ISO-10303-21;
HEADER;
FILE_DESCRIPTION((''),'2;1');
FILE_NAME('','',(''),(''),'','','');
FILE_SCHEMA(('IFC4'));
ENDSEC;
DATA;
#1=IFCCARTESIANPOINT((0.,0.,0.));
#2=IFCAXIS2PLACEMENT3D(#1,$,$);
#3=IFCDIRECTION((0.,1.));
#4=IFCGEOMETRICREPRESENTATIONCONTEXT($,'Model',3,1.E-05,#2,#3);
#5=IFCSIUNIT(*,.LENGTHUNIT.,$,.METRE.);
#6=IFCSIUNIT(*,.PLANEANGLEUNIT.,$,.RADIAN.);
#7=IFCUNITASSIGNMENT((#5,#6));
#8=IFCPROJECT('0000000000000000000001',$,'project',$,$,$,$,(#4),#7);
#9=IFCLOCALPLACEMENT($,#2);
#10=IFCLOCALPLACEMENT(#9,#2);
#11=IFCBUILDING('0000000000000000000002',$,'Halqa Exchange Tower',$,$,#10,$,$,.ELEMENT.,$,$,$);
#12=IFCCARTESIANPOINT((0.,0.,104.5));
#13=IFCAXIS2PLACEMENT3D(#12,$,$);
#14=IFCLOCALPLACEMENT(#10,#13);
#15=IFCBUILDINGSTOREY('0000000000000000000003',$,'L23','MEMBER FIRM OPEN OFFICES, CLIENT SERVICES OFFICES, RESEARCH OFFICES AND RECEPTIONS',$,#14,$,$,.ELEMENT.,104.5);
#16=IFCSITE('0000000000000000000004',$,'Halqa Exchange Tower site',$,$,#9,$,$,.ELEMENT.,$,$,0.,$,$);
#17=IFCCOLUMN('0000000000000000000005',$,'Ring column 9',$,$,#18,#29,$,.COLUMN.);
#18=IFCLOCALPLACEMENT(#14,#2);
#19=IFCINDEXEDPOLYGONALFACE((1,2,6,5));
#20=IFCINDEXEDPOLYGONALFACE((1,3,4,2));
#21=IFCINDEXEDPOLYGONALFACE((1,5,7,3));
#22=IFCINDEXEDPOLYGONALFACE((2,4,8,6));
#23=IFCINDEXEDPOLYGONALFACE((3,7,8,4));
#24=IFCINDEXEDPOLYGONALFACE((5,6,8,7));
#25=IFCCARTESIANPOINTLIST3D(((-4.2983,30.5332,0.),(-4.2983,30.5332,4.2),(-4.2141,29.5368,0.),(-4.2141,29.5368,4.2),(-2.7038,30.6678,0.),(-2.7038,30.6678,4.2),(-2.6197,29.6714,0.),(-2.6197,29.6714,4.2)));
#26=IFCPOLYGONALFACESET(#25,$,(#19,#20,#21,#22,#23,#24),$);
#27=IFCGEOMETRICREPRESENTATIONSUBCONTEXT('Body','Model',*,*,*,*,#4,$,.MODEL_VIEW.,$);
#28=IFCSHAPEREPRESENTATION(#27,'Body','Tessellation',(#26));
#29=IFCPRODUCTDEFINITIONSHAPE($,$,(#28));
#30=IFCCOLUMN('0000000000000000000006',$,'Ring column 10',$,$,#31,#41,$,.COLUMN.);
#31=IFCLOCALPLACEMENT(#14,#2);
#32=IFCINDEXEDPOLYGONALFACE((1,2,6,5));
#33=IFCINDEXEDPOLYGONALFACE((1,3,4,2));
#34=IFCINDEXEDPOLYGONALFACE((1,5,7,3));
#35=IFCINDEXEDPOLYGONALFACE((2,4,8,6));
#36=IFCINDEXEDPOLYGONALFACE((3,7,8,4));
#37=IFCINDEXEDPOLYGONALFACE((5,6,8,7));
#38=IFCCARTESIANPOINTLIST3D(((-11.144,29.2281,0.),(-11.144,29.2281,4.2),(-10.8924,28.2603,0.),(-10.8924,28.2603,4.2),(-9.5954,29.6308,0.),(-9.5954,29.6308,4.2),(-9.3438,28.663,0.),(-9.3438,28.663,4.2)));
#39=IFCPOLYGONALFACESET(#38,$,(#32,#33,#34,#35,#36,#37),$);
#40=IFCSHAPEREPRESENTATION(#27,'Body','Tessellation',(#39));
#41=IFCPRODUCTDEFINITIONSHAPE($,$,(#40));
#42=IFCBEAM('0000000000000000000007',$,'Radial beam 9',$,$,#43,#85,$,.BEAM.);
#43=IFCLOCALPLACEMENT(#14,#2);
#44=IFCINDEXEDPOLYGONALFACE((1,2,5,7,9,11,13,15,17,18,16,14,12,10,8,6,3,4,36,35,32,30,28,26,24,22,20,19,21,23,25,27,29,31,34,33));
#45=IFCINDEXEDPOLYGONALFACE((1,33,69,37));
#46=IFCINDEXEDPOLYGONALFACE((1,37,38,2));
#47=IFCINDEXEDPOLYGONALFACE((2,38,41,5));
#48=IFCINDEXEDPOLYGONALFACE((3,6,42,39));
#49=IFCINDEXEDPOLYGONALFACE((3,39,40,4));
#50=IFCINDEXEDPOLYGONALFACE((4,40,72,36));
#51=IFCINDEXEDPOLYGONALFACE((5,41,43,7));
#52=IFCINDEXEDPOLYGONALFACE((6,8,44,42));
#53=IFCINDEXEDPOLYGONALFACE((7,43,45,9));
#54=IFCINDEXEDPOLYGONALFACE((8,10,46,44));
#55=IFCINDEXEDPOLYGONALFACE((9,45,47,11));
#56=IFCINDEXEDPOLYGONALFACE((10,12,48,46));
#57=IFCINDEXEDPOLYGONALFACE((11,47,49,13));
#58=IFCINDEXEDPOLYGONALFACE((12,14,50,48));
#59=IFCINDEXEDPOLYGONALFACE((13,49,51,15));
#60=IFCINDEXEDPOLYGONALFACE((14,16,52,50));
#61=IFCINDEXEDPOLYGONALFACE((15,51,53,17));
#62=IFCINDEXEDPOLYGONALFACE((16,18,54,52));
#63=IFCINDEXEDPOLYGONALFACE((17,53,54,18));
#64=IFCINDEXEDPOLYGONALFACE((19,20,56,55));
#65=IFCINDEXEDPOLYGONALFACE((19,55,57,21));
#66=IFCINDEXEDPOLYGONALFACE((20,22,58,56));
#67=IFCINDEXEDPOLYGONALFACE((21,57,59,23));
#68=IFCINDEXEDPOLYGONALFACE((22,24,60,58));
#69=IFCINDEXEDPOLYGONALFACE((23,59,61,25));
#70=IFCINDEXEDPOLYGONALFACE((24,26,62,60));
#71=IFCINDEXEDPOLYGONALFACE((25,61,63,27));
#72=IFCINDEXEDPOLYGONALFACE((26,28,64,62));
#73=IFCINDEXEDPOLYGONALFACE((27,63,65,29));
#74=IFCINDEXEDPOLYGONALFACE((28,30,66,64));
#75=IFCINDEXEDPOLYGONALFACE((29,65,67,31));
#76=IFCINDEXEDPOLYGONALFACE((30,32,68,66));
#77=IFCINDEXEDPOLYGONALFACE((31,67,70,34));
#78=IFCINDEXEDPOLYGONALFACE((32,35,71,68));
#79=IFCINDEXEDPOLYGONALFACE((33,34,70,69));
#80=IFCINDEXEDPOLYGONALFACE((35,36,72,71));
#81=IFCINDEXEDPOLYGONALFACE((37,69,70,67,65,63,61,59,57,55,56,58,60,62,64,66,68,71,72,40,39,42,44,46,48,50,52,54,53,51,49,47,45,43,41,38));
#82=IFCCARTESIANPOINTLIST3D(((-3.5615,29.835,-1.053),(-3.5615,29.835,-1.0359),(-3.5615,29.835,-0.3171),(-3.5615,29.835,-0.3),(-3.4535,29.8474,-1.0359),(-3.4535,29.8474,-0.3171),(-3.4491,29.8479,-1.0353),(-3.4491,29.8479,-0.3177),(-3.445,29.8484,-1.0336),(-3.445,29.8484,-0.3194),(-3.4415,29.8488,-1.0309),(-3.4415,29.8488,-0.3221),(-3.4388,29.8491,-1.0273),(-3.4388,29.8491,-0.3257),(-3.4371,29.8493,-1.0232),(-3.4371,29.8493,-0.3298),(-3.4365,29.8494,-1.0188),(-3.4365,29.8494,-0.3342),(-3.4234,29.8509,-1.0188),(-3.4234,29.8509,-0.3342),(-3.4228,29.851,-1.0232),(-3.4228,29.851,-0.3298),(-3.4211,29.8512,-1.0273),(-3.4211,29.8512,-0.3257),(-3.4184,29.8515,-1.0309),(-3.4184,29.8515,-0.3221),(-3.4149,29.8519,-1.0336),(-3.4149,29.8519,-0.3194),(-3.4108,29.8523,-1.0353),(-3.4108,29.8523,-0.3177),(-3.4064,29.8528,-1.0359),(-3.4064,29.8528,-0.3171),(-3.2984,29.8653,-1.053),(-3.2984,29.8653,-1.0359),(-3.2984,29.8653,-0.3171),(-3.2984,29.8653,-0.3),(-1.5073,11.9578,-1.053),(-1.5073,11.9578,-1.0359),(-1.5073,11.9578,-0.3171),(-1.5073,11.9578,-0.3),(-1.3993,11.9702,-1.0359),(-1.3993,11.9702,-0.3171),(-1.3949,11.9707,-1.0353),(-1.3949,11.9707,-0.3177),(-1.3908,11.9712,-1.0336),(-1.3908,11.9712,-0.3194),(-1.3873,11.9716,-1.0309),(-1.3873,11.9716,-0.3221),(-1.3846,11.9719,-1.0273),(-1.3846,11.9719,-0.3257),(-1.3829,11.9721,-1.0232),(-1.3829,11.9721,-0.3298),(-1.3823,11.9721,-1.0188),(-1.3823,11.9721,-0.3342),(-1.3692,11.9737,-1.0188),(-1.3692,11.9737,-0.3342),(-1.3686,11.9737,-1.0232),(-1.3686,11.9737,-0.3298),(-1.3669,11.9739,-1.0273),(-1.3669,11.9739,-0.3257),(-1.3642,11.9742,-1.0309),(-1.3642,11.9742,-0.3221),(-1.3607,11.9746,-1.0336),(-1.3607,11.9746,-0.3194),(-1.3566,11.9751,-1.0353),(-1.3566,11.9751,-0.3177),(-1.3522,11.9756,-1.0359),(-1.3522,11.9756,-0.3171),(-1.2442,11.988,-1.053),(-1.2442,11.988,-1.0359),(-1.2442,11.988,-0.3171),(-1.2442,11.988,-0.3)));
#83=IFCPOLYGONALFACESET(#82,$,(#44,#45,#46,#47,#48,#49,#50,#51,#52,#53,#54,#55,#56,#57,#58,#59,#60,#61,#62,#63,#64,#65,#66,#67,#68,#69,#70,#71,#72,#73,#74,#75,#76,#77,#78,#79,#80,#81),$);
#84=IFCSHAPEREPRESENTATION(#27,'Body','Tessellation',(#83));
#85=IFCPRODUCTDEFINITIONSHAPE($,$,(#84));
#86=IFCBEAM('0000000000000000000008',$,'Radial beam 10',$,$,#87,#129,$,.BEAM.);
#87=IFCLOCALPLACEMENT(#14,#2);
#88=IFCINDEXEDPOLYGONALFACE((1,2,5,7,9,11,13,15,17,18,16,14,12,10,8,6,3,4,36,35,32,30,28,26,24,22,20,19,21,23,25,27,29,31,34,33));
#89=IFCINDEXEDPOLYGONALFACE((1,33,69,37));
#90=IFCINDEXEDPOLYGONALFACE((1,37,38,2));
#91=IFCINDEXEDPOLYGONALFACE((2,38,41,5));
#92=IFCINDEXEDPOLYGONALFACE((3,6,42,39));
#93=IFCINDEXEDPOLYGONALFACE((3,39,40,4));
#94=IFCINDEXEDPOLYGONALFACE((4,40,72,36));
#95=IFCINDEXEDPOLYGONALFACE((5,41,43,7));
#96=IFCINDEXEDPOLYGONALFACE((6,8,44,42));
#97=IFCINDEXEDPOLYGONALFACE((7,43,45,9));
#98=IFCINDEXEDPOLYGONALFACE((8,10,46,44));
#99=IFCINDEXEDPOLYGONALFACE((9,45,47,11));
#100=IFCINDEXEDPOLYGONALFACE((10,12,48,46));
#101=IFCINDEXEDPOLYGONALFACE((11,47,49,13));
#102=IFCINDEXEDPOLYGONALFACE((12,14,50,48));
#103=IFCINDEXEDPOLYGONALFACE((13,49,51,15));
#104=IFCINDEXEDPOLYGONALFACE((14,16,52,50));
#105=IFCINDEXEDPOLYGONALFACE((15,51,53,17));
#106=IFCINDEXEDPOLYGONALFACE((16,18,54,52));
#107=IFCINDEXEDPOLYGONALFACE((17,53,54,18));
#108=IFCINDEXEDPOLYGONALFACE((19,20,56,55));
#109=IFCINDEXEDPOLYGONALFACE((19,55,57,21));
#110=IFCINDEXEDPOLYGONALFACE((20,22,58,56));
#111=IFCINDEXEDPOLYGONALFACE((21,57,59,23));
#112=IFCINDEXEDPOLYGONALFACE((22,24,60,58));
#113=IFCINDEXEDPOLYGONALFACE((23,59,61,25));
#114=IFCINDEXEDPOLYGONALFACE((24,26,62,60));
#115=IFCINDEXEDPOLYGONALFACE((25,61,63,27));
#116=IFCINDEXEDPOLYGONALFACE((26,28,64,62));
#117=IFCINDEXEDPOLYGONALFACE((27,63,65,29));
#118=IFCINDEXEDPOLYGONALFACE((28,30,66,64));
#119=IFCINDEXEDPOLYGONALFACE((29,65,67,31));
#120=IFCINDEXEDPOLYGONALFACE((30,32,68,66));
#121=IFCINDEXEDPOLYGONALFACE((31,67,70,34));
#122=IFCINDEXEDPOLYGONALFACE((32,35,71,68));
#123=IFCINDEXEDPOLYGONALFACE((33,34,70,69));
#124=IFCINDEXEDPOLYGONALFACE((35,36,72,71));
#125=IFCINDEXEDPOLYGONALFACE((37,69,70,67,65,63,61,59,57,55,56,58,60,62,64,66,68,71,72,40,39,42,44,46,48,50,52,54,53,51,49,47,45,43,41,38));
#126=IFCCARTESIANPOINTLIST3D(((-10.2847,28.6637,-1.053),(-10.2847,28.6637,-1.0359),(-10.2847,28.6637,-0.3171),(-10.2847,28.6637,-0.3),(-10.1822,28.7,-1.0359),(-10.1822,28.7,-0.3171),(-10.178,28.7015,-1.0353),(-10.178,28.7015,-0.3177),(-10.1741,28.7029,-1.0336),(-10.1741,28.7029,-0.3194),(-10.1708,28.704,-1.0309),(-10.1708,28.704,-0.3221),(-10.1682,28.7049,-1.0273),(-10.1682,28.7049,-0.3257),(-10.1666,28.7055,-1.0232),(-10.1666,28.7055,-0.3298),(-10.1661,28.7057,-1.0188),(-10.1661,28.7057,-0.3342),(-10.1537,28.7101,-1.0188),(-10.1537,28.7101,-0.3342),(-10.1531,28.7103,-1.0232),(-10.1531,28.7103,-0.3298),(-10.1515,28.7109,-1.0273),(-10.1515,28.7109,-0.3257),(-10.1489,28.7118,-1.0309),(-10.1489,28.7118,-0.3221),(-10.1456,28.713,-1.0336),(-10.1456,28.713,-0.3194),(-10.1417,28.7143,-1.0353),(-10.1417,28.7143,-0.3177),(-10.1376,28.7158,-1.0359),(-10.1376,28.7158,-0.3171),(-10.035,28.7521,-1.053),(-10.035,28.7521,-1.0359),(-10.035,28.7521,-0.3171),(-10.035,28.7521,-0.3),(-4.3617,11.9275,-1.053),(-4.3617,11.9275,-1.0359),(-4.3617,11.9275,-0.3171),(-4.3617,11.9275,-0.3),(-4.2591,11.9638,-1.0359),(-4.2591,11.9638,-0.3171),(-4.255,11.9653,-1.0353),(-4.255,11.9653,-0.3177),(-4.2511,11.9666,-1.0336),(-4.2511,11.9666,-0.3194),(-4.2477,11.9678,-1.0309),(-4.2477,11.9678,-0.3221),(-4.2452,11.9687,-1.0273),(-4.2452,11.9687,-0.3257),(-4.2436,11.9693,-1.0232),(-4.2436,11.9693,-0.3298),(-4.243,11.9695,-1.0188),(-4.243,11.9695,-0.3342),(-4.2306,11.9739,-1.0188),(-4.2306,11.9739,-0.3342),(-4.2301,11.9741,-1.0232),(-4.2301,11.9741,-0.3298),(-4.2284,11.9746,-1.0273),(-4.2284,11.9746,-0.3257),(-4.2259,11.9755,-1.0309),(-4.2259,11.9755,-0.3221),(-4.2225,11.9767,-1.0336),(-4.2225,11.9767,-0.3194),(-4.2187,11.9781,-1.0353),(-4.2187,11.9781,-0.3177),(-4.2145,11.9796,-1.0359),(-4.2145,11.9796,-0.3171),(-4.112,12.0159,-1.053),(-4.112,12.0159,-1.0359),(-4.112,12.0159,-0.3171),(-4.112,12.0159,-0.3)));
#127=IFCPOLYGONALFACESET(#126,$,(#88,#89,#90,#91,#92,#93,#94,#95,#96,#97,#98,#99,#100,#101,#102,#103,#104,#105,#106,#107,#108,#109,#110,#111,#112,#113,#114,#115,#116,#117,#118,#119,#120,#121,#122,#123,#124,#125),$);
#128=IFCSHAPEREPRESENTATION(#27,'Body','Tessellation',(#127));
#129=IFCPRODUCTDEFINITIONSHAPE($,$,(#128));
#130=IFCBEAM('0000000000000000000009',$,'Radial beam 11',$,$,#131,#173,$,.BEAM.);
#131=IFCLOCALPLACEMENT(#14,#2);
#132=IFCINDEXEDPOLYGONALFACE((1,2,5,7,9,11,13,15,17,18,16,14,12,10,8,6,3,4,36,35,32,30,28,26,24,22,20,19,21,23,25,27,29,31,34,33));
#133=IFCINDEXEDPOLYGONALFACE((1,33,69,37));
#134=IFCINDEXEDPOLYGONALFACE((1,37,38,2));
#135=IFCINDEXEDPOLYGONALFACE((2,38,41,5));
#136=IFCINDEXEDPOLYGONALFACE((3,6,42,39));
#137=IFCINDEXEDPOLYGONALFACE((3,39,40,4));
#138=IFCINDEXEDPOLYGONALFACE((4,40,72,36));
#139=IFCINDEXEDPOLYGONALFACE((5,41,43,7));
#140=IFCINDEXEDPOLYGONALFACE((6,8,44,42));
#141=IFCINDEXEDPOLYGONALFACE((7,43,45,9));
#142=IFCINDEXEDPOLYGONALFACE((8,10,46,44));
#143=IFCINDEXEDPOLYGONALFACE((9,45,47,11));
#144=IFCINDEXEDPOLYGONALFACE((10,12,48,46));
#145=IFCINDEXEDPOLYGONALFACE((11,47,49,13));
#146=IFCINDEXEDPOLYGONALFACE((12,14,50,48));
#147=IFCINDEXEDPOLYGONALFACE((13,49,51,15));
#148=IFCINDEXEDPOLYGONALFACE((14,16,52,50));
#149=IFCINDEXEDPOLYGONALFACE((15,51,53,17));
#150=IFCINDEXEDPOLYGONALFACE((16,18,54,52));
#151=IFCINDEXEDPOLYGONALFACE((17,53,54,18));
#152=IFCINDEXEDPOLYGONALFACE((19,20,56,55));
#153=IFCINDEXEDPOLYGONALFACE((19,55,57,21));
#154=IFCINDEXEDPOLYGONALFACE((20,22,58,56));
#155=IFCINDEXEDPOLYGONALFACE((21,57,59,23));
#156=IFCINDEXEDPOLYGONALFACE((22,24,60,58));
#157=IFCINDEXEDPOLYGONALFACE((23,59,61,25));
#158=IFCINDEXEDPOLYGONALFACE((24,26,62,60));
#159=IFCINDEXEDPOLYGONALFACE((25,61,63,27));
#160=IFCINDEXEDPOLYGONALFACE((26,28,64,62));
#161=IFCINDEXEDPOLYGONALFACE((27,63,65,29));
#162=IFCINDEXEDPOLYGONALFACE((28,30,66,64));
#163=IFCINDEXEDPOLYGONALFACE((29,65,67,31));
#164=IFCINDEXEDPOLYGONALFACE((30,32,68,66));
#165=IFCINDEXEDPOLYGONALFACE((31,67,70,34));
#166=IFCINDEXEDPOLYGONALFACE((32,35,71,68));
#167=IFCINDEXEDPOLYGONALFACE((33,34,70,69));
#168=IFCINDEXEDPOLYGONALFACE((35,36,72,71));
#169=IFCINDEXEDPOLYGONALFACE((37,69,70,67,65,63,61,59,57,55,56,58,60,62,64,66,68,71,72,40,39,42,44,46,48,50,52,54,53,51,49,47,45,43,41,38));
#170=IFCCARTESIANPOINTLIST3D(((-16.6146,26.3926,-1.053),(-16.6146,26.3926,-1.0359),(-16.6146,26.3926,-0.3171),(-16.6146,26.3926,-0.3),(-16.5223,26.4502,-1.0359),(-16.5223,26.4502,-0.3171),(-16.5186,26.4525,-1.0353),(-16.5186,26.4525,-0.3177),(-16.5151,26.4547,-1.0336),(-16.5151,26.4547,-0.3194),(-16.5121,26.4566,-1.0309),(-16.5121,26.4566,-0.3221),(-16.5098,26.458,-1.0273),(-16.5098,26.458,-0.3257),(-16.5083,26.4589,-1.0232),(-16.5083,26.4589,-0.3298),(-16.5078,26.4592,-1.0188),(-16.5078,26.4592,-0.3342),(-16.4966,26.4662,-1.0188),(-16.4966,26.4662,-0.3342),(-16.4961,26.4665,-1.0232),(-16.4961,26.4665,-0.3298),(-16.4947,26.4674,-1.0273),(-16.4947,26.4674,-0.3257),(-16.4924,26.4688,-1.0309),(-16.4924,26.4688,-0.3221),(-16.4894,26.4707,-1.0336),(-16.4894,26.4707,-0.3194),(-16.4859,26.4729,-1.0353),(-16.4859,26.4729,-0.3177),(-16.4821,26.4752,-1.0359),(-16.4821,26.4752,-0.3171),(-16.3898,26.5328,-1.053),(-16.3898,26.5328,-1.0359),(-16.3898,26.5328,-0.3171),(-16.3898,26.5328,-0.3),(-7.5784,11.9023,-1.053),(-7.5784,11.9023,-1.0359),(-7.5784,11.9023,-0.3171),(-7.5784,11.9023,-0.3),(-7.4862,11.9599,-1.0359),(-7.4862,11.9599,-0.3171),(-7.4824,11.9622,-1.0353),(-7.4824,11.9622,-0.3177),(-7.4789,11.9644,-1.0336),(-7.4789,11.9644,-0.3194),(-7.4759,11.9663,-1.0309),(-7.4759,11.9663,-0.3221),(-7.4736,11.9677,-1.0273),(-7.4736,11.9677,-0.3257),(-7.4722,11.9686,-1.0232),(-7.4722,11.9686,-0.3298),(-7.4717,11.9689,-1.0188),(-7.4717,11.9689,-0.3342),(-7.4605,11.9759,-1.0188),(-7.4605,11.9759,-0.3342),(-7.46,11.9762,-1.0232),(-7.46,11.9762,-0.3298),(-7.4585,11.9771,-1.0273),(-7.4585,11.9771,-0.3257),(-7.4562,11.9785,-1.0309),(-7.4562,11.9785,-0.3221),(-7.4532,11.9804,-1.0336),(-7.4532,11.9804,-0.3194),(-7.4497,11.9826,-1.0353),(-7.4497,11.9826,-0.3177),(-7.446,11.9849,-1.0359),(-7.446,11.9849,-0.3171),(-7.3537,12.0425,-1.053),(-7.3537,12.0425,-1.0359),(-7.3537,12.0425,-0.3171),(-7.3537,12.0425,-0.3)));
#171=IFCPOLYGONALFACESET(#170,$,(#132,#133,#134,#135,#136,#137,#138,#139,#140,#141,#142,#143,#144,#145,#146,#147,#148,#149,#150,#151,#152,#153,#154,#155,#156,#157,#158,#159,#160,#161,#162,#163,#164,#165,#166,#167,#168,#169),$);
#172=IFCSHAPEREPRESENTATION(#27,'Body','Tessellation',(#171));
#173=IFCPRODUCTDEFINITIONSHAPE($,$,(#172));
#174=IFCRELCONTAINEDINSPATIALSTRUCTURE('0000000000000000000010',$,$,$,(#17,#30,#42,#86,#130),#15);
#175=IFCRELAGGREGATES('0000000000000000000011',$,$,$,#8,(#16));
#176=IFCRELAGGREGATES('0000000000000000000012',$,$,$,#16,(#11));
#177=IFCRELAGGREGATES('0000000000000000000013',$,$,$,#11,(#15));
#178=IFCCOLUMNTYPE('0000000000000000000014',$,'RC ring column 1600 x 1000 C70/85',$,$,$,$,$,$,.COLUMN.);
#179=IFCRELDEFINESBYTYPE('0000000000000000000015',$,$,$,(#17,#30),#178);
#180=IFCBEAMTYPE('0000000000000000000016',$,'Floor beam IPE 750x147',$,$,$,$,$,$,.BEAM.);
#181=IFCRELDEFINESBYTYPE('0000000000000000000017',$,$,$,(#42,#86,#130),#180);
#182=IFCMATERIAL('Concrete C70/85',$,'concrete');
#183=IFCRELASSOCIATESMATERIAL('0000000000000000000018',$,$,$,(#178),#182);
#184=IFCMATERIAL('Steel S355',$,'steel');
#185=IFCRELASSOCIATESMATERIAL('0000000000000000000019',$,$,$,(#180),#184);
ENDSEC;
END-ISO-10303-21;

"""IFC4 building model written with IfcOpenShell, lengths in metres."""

from ifc_helpers import new_model, si_unit, direction, frame, origin, origin_2d, place, context, subcontext, project, spatial, rectangle, i_section, extrude, material, material_profile, profile_set, type_object, element, save


model = new_model("IFC4")

# Units and contexts
model_context = context("Model", 3, precision=1e-05, world=origin(), true_north=direction((0.0, 1.0)))
body_context = subcontext(model_context, "Body", "Model", "MODEL_VIEW")
ifc_project = project(units=[si_unit("LENGTHUNIT", "METRE"), si_unit("PLANEANGLEUNIT", "RADIAN")], contexts=[model_context])

# Site, building, storey
site_placement = place(None, origin())
site = spatial("IfcSite", under=ifc_project, at=site_placement, Name="Halqa Exchange Tower site", CompositionType="ELEMENT", RefElevation=0.0)
building_placement = place(site_placement, origin())
building = spatial("IfcBuilding", under=site, at=building_placement, Name="Halqa Exchange Tower", CompositionType="ELEMENT")
storey_placement = place(building_placement, frame((0.0, 0.0, 104.5)))
storey = spatial("IfcBuildingStorey", under=building, at=storey_placement, Name="L23", Description="MEMBER FIRM OPEN OFFICES, CLIENT SERVICES OFFICES, RESEARCH OFFICES AND RECEPTIONS", CompositionType="ELEMENT", Elevation=104.5)

# Columns
ifc_material_1 = material(Name="Concrete C70/85", Category="concrete")
ifc_material_profile_1 = material_profile(ifc_material_1, rectangle(XDim=1.6001, YDim=1.0, at=origin_2d()), Name="1600 x 1000")
ifc_profile_set_1 = profile_set([ifc_material_profile_1], Name="Concrete C70/85")
column_type = type_object("IfcColumnType", Name="RC ring column 1600 x 1000 C70/85", PredefinedType="COLUMN", material=ifc_profile_set_1)
for number, where, z_axis, x_axis, name in (
    (1, (-3.459, 30.1023, 0.0), (0.0, 0.0, 1.0), (-0.996456, -0.08412, 0.0), "Ring column 9"),
    (2, (-10.2439, 28.9456, 0.0), (0.0, 0.0, 1.0), (-0.96782, -0.251644, 0.0), "Ring column 10"),
):
    element("IfcColumn", number, at=place(storey_placement, frame(where, z_axis=z_axis, x_axis=x_axis)), inside=storey, type_object=column_type, Name=name, PredefinedType="COLUMN", context=body_context, shape_type="SweptSolid", body=[
        extrude(rectangle(XDim=1.6001, YDim=1.0, at=origin_2d()), origin(), (0.0, 0.0, 1.0), 4.2),
    ])

# Beams
ifc_material_2 = material(Name="Steel S355", Category="steel")
ifc_material_profile_2 = material_profile(ifc_material_2, i_section(OverallWidth=0.2649, OverallDepth=0.7529, WebThickness=0.0132, FlangeThickness=0.0171, FilletRadius=0.0171, at=origin_2d()), Name="IPE 750x147")
ifc_profile_set_2 = profile_set([ifc_material_profile_2], Name="Steel S355")
beam_type_1 = type_object("IfcBeamType", Name="Floor beam IPE 750x147", PredefinedType="BEAM", material=ifc_profile_set_2)
beam_1_placement = place(storey_placement, frame((-1.3757, 11.9729, -0.6765), z_axis=(-0.114155, 0.993463, 0.0), x_axis=(-0.993463, -0.114155, 0.0)))
element("IfcBeam", 3, at=beam_1_placement, inside=storey, type_object=beam_type_1, Name="Radial beam 9", PredefinedType="BEAM", context=body_context, shape_type="SweptSolid", body=[
    extrude(i_section(OverallWidth=0.2649, OverallDepth=0.7529, WebThickness=0.0132, FlangeThickness=0.0171, FilletRadius=0.0171, at=origin_2d()), origin(), (0.0, 0.0, 1.0), 17.9949),
])
beam_2_placement = place(storey_placement, frame((-4.2368, 11.9717, -0.6765), z_axis=(-0.333629, 0.942704, 0.0), x_axis=(-0.942704, -0.333629, 0.0)))
element("IfcBeam", 4, at=beam_2_placement, inside=storey, type_object=beam_type_1, Name="Radial beam 10", PredefinedType="BEAM", context=body_context, shape_type="SweptSolid", body=[
    extrude(i_section(OverallWidth=0.2649, OverallDepth=0.7529, WebThickness=0.0132, FlangeThickness=0.0171, FilletRadius=0.0171, at=origin_2d()), origin(), (0.0, 0.0, 1.0), 17.7534),
])
beam_3_placement = place(storey_placement, frame((-7.4661, 11.9724, -0.6765), z_axis=(-0.529145, 0.848531, 0.0), x_axis=(-0.848531, -0.529145, 0.0)))
element("IfcBeam", 5, at=beam_3_placement, inside=storey, type_object=beam_type_1, Name="Radial beam 11", PredefinedType="BEAM", context=body_context, shape_type="SweptSolid", body=[
    extrude(i_section(OverallWidth=0.2649, OverallDepth=0.7529, WebThickness=0.0132, FlangeThickness=0.0171, FilletRadius=0.0171, at=origin_2d()), origin(), (0.0, 0.0, 1.0), 17.0769),
])

save(model, "model.ifc")
